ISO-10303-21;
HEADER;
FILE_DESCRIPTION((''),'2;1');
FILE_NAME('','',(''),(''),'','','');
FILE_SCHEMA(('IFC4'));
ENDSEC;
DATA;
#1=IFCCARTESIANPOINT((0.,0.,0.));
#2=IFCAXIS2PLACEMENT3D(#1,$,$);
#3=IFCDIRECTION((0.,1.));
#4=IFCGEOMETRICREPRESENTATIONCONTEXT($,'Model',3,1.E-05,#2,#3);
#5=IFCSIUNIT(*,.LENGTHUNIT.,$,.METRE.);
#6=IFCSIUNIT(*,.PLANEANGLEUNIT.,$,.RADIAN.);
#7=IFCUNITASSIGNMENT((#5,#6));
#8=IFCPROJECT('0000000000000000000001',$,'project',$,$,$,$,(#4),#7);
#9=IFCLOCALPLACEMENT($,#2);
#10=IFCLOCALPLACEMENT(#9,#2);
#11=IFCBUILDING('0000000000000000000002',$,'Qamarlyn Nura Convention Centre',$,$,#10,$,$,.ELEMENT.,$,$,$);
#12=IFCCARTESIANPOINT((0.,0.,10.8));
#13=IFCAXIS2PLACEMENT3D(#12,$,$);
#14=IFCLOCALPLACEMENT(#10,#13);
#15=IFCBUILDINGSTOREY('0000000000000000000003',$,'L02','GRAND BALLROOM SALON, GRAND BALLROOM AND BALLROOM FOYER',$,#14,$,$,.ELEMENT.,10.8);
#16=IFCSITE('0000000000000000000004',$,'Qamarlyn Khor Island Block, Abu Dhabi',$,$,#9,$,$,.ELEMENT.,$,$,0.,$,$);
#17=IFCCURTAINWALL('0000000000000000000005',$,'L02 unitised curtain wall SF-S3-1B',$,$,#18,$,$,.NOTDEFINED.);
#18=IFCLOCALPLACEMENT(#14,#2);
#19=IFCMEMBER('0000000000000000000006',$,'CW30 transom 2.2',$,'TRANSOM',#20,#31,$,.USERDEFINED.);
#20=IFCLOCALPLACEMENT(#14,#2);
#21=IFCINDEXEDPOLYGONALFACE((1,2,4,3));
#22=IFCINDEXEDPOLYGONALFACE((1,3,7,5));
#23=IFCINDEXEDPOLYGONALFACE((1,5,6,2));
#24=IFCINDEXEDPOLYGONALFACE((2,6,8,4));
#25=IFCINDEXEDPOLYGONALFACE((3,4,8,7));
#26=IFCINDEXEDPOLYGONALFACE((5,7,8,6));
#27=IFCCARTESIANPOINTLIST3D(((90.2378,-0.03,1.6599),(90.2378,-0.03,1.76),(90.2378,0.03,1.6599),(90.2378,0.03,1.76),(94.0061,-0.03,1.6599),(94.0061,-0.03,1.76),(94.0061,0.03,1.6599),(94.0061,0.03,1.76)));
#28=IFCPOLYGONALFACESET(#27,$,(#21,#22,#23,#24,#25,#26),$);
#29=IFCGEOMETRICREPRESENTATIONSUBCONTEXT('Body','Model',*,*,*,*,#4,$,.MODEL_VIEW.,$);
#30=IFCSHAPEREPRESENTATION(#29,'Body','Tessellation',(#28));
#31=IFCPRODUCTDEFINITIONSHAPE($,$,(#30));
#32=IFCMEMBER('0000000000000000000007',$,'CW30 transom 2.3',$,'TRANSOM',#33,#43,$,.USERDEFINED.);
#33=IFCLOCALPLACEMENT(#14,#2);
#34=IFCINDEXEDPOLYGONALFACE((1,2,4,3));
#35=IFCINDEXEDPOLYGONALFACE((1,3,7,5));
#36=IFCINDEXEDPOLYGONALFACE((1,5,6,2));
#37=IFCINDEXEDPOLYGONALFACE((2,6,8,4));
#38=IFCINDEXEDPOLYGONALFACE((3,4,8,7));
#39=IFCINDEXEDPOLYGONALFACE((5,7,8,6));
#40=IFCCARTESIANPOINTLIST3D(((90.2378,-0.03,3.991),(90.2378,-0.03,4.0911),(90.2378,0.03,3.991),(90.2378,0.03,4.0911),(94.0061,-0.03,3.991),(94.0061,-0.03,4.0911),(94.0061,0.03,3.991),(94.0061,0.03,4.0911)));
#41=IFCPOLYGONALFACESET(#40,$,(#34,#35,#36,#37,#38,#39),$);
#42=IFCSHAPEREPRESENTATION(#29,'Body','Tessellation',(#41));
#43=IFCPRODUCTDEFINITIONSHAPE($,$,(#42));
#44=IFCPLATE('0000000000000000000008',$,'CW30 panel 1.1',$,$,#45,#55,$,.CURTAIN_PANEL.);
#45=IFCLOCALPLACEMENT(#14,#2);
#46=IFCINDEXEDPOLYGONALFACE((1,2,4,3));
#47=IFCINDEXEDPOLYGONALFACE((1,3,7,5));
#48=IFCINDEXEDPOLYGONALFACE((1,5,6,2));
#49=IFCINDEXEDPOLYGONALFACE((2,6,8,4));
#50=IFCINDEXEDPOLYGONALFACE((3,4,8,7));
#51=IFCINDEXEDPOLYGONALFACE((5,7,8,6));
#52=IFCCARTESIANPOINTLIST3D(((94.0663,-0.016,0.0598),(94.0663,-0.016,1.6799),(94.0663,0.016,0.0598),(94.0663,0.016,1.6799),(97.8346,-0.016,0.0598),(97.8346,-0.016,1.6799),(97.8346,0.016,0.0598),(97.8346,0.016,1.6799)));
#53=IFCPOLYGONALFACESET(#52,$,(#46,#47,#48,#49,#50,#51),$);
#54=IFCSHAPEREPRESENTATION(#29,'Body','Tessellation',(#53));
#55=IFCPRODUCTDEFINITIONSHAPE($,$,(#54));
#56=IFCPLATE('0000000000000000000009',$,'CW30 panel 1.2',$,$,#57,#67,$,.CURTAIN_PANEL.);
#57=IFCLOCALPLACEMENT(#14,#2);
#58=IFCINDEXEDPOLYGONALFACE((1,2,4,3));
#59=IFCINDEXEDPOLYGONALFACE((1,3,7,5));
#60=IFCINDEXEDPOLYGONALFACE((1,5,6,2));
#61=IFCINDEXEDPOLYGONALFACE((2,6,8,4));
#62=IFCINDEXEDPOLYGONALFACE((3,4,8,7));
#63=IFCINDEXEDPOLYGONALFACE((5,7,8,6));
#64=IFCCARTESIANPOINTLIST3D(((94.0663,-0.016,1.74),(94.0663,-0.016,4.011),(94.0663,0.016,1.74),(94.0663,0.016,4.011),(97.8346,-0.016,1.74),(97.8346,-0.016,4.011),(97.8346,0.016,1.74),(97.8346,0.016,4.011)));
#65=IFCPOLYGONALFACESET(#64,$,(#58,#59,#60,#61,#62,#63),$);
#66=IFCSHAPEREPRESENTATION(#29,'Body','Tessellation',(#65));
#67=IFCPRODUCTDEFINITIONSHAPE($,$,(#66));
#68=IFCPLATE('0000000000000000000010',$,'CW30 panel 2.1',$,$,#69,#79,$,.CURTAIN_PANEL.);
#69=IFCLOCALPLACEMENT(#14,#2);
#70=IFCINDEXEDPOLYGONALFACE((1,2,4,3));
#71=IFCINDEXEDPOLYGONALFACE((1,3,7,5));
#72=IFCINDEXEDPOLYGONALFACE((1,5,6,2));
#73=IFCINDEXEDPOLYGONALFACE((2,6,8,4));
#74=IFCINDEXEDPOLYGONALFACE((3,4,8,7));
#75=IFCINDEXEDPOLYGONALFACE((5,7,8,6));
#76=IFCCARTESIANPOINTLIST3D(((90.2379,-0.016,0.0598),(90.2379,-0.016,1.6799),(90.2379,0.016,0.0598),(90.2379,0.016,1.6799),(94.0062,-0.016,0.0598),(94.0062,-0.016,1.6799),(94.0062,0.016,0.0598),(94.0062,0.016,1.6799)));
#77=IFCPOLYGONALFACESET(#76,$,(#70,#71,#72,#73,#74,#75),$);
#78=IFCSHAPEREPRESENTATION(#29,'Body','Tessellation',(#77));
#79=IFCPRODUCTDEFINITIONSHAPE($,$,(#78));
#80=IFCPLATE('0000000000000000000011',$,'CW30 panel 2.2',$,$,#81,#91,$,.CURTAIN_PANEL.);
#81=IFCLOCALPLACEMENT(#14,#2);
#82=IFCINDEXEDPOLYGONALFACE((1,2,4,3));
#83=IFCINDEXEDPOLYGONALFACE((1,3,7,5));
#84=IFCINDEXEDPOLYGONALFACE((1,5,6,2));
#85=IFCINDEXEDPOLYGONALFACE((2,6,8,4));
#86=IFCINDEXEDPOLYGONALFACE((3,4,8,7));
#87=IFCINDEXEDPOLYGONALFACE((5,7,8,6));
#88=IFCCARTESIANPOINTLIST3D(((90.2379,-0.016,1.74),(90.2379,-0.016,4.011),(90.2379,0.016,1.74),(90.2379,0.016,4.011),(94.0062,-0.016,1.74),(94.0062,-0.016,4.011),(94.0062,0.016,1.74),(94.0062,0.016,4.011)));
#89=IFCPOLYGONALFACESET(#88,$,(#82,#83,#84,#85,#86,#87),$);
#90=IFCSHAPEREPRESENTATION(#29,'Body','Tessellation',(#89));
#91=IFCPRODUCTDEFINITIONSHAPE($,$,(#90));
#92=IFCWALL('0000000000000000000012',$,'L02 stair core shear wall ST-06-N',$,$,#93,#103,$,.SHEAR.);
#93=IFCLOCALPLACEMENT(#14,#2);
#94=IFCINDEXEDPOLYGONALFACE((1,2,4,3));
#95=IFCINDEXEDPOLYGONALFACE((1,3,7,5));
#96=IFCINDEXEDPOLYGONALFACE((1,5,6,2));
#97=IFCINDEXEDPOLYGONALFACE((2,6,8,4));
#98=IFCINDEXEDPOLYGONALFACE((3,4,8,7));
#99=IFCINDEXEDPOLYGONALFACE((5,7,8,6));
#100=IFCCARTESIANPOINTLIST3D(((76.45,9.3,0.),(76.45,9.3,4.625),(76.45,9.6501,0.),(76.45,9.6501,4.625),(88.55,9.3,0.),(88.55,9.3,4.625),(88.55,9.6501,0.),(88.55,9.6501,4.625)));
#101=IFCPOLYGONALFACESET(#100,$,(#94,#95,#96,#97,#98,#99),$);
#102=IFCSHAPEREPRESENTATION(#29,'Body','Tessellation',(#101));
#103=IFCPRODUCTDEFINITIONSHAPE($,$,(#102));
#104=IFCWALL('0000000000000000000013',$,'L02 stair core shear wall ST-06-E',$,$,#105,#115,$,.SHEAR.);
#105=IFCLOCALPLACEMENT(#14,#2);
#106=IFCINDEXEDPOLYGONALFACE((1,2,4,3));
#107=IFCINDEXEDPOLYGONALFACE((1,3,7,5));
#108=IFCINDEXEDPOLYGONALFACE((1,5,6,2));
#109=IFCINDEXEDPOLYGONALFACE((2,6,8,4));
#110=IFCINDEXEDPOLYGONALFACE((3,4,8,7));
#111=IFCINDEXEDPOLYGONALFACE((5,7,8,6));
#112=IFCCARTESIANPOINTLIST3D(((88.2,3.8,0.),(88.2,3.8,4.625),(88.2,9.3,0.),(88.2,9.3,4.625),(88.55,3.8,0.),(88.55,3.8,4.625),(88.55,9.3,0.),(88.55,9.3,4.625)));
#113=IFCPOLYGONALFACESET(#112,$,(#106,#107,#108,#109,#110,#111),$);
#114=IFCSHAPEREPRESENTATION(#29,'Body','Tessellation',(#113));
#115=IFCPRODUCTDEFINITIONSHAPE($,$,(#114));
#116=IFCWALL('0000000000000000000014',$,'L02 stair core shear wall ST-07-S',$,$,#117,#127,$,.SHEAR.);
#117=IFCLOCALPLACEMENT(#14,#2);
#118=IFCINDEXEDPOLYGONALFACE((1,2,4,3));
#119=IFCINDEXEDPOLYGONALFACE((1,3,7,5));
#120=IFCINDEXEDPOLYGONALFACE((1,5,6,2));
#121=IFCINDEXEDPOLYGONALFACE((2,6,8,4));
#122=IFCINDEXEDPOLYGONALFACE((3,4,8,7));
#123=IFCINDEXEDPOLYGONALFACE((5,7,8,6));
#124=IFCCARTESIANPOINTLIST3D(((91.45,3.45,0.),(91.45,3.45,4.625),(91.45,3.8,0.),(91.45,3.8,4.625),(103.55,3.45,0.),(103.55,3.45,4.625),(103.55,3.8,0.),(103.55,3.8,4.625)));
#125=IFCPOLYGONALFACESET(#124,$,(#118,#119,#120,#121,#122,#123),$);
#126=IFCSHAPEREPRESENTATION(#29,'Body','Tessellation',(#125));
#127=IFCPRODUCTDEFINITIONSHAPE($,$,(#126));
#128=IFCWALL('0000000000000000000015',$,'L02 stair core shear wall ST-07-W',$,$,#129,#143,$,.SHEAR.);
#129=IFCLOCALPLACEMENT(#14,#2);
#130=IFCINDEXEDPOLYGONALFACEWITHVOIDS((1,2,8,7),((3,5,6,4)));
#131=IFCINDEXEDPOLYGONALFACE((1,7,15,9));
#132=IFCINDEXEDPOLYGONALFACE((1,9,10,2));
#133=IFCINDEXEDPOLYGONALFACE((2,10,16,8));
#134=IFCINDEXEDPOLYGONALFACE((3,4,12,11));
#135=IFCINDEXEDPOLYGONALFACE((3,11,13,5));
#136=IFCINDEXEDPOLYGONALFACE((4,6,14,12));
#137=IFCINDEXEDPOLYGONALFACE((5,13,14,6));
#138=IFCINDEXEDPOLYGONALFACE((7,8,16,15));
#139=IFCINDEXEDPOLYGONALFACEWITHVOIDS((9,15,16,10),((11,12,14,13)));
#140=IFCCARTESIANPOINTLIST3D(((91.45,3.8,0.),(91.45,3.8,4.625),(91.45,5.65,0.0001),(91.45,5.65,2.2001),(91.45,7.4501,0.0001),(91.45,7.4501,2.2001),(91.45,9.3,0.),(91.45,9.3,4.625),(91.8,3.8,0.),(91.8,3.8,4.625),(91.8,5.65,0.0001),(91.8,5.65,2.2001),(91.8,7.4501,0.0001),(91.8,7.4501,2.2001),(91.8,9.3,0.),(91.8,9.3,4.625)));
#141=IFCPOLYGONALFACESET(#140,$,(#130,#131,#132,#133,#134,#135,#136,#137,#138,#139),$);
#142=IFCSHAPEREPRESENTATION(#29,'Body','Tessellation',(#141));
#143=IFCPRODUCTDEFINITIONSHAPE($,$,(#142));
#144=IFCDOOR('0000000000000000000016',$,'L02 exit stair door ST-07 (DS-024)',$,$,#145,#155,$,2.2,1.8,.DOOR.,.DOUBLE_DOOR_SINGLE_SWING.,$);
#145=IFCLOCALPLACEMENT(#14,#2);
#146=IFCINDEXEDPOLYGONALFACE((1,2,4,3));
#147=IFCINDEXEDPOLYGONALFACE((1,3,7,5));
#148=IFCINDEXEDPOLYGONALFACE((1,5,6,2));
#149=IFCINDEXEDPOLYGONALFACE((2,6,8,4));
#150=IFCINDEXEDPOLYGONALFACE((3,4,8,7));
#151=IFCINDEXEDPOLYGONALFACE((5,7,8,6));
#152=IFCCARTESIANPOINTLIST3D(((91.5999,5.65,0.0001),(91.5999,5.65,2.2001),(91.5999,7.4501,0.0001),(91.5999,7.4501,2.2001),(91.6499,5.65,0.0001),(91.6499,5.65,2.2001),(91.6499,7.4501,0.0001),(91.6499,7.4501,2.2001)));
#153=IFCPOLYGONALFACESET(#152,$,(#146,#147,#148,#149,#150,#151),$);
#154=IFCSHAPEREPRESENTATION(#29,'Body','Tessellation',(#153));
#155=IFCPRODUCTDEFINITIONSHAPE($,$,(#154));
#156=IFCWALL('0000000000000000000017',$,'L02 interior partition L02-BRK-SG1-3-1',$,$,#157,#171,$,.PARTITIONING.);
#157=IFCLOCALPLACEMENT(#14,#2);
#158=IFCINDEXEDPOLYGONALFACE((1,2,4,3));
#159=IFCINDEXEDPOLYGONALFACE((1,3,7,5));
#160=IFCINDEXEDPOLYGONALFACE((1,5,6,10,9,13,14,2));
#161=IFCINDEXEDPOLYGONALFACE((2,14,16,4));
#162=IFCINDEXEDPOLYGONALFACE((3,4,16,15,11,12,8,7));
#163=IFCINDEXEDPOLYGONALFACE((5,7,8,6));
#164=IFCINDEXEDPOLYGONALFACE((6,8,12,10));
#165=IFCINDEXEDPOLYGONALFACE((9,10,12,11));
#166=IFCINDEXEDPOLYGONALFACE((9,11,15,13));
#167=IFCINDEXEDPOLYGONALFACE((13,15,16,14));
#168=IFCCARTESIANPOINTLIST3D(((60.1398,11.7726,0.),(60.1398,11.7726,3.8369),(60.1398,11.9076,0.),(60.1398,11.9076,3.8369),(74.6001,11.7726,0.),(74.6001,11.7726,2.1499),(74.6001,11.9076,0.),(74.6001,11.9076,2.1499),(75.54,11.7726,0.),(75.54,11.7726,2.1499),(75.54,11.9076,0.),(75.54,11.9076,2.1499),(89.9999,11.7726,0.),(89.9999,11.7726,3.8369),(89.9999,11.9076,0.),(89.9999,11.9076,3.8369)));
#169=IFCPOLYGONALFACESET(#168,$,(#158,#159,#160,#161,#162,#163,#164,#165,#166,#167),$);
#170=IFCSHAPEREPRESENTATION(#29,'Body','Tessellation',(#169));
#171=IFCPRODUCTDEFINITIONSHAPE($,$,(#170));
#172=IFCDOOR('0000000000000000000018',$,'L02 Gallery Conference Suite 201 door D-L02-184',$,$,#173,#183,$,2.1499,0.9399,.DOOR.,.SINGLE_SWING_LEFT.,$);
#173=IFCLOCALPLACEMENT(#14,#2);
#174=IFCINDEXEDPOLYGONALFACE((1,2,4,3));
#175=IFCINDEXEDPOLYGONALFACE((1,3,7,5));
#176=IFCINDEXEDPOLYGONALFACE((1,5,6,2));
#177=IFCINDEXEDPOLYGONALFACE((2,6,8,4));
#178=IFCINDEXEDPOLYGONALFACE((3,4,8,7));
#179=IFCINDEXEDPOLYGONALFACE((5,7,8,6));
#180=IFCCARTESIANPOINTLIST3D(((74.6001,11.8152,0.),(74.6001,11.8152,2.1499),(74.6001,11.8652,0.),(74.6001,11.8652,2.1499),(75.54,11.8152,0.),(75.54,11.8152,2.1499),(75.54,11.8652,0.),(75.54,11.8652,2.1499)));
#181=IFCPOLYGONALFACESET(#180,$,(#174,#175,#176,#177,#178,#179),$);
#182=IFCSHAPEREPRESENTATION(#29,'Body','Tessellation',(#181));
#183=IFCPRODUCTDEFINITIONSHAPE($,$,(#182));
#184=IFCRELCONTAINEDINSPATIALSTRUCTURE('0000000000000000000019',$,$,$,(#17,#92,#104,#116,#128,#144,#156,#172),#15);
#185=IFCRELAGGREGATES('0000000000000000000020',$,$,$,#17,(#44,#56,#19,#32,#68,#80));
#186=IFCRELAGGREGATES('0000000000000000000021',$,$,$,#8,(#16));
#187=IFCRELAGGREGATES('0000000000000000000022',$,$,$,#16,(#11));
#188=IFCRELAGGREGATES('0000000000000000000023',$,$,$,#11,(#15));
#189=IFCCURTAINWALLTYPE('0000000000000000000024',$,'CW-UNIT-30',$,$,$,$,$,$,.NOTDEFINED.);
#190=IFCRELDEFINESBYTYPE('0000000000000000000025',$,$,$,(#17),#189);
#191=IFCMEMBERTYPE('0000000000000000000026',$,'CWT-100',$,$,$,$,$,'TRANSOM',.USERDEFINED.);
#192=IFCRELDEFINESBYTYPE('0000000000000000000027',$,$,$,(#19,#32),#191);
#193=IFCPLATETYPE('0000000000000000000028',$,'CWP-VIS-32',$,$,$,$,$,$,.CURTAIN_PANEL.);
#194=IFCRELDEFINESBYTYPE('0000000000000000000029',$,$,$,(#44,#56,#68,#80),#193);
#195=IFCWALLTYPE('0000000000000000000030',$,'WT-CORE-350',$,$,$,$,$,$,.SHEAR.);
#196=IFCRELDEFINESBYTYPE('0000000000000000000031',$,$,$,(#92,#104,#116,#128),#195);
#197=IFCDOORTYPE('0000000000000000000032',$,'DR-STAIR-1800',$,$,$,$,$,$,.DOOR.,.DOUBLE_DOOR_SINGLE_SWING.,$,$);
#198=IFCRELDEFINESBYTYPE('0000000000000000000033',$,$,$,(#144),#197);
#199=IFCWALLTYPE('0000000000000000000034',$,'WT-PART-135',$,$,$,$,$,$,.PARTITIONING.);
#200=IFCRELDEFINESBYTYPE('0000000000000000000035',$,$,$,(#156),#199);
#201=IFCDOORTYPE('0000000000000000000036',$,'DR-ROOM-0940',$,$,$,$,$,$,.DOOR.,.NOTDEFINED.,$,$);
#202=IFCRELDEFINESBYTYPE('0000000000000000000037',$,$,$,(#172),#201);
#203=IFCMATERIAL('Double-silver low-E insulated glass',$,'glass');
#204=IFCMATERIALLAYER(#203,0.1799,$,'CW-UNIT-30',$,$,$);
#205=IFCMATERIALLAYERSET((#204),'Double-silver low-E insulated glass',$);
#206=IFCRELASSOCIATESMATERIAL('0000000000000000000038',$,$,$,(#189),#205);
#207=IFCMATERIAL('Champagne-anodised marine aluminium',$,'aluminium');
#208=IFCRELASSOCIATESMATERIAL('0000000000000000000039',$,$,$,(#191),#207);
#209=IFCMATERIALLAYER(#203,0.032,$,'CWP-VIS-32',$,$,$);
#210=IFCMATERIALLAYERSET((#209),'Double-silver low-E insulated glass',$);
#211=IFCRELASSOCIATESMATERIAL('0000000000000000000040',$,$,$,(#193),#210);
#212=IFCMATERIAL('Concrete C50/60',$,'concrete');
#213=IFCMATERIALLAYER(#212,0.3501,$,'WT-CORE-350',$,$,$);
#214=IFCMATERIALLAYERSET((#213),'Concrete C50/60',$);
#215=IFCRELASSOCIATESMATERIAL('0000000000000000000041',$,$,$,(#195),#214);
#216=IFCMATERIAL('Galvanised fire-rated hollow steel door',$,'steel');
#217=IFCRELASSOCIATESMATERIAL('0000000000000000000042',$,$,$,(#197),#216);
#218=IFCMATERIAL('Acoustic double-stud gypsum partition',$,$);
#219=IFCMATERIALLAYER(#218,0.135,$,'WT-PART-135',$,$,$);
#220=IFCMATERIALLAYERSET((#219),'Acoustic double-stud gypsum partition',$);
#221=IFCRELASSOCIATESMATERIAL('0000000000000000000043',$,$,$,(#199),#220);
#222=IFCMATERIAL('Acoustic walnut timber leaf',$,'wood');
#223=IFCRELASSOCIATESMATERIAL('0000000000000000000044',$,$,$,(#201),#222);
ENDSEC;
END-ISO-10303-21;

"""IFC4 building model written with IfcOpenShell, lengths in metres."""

from ifc_helpers import new_model, si_unit, direction, frame, frame_2d, origin, origin_2d, place, context, subcontext, project, spatial, rectangle, extrude, material, layer, layer_set, material_profile, profile_set, type_object, element, fill, aggregate, save


model = new_model("IFC4")

# Units and contexts
model_context = context("Model", 3, precision=1e-05, world=origin(), true_north=direction((0.0, 1.0)))
body_context = subcontext(model_context, "Body", "Model", "MODEL_VIEW")
ifc_project = project(units=[si_unit("LENGTHUNIT", "METRE"), si_unit("PLANEANGLEUNIT", "RADIAN")], contexts=[model_context])

# Site, building, storey
site_placement = place(None, origin())
site = spatial("IfcSite", under=ifc_project, at=site_placement, Name="Qamarlyn Khor Island Block, Abu Dhabi", CompositionType="ELEMENT", RefElevation=0.0)
building_placement = place(site_placement, origin())
building = spatial("IfcBuilding", under=site, at=building_placement, Name="Qamarlyn Nura Convention Centre", CompositionType="ELEMENT")
storey_placement = place(building_placement, frame((0.0, 0.0, 10.8)))
storey = spatial("IfcBuildingStorey", under=building, at=storey_placement, Name="L02", Description="GRAND BALLROOM SALON, GRAND BALLROOM AND BALLROOM FOYER", CompositionType="ELEMENT", Elevation=10.8)

# Curtain wall, members, plates
ifc_material_1 = material(Name="Double-silver low-E insulated glass", Category="glass")
ifc_layer_1 = layer(ifc_material_1, 0.1799, Name="CW-UNIT-30")
ifc_layer_set_1 = layer_set([ifc_layer_1], Name="Double-silver low-E insulated glass")
curtain_wall_type = type_object("IfcCurtainWallType", Name="CW-UNIT-30", PredefinedType="NOTDEFINED", material=ifc_layer_set_1)
curtain_wall_placement = place(storey_placement, origin())
curtain_wall = element("IfcCurtainWall", 1, at=curtain_wall_placement, inside=storey, type_object=curtain_wall_type, Name="L02 unitised curtain wall SF-S3-1B", PredefinedType="NOTDEFINED")
ifc_material_2 = material(Name="Champagne-anodised marine aluminium", Category="aluminium")
ifc_material_profile_1 = material_profile(ifc_material_2, rectangle(XDim=0.0601, YDim=0.1001, at=origin_2d()), Name="ALU TRANSOM 60x100")
ifc_profile_set_1 = profile_set([ifc_material_profile_1], Name="Champagne-anodised marine aluminium")
member_type_1 = type_object("IfcMemberType", Name="CWT-100", ElementType="TRANSOM", PredefinedType="USERDEFINED", material=ifc_profile_set_1)
member_1_placement = place(storey_placement, frame((94.0061, 0.0, 1.71), z_axis=(-1.0, 0.0, 0.0), x_axis=(0.0, -1.0, 0.0)))
member_1 = element("IfcMember", 2, at=member_1_placement, type_object=member_type_1, Name="CW30 transom 2.2", ObjectType="TRANSOM", PredefinedType="USERDEFINED", context=body_context, shape_type="SweptSolid", body=[
    extrude(rectangle(XDim=0.0601, YDim=0.1001, at=origin_2d()), origin(), (0.0, 0.0, 1.0), 3.7683),
])
member_2_placement = place(storey_placement, frame((94.0061, 0.0, 4.041), z_axis=(-1.0, 0.0, 0.0), x_axis=(0.0, -1.0, 0.0)))
member_2 = element("IfcMember", 3, at=member_2_placement, type_object=member_type_1, Name="CW30 transom 2.3", ObjectType="TRANSOM", PredefinedType="USERDEFINED", context=body_context, shape_type="SweptSolid", body=[
    extrude(rectangle(XDim=0.0601, YDim=0.1001, at=origin_2d()), origin(), (0.0, 0.0, 1.0), 3.7683),
])
ifc_layer_2 = layer(ifc_material_1, 0.032, Name="CWP-VIS-32")
ifc_layer_set_2 = layer_set([ifc_layer_2], Name="Double-silver low-E insulated glass")
plate_type = type_object("IfcPlateType", Name="CWP-VIS-32", PredefinedType="CURTAIN_PANEL", material=ifc_layer_set_2)
plate_1_placement = place(storey_placement, frame((95.9504, 0.0, 0.0598), z_axis=(0.0, 0.0, 1.0), x_axis=(-1.0, 0.0, 0.0)))
plate_1 = element("IfcPlate", 4, at=plate_1_placement, type_object=plate_type, Name="CW30 panel 1.1", PredefinedType="CURTAIN_PANEL", context=body_context, shape_type="SweptSolid", body=[
    extrude(rectangle(XDim=3.7683, YDim=0.032, at=origin_2d()), origin(), (0.0, 0.0, 1.0), 1.6201),
])
plate_2_placement = place(storey_placement, frame((95.9504, 0.0, 1.74), z_axis=(0.0, 0.0, 1.0), x_axis=(-1.0, 0.0, 0.0)))
plate_2 = element("IfcPlate", 5, at=plate_2_placement, type_object=plate_type, Name="CW30 panel 1.2", PredefinedType="CURTAIN_PANEL", context=body_context, shape_type="SweptSolid", body=[
    extrude(rectangle(XDim=3.7683, YDim=0.032, at=origin_2d()), origin(), (0.0, 0.0, 1.0), 2.271),
])
plate_3_placement = place(storey_placement, frame((92.1221, 0.0, 0.0598), z_axis=(0.0, 0.0, 1.0), x_axis=(-1.0, 0.0, 0.0)))
plate_3 = element("IfcPlate", 6, at=plate_3_placement, type_object=plate_type, Name="CW30 panel 2.1", PredefinedType="CURTAIN_PANEL", context=body_context, shape_type="SweptSolid", body=[
    extrude(rectangle(XDim=3.7683, YDim=0.032, at=origin_2d()), origin(), (0.0, 0.0, 1.0), 1.6201),
])
plate_4_placement = place(storey_placement, frame((92.1221, 0.0, 1.74), z_axis=(0.0, 0.0, 1.0), x_axis=(-1.0, 0.0, 0.0)))
plate_4 = element("IfcPlate", 7, at=plate_4_placement, type_object=plate_type, Name="CW30 panel 2.2", PredefinedType="CURTAIN_PANEL", context=body_context, shape_type="SweptSolid", body=[
    extrude(rectangle(XDim=3.7683, YDim=0.032, at=origin_2d()), origin(), (0.0, 0.0, 1.0), 2.271),
])
aggregate(curtain_wall, [plate_1, plate_2, member_1, member_2, plate_3, plate_4])

# Walls
ifc_material_3 = material(Name="Concrete C50/60", Category="concrete")
ifc_layer_3 = layer(ifc_material_3, 0.3501, Name="WT-CORE-350")
ifc_layer_set_3 = layer_set([ifc_layer_3], Name="Concrete C50/60")
wall_type_1 = type_object("IfcWallType", Name="WT-CORE-350", PredefinedType="SHEAR", material=ifc_layer_set_3)
wall_1_placement = place(storey_placement, frame((88.55, 9.4751, 0.0), z_axis=(0.0, 0.0, 1.0), x_axis=(-1.0, 0.0, 0.0)))
element("IfcWall", 8, at=wall_1_placement, inside=storey, type_object=wall_type_1, Name="L02 stair core shear wall ST-06-N", PredefinedType="SHEAR", context=body_context, shape_type="SweptSolid", body=[
    extrude(rectangle(XDim=12.1001, YDim=0.3501, at=frame_2d((6.05, 0.0))), origin(), (0.0, 0.0, 1.0), 4.625),
])
wall_2_placement = place(storey_placement, frame((88.375, 3.8, 0.0), z_axis=(0.0, 0.0, 1.0), x_axis=(0.0, 1.0, 0.0)))
element("IfcWall", 9, at=wall_2_placement, inside=storey, type_object=wall_type_1, Name="L02 stair core shear wall ST-06-E", PredefinedType="SHEAR", context=body_context, shape_type="SweptSolid", body=[
    extrude(rectangle(XDim=5.5, YDim=0.3501, at=frame_2d((2.75, 0.0))), origin(), (0.0, 0.0, 1.0), 4.625),
])
wall_3_placement = place(storey_placement, frame((91.45, 3.625, 0.0), z_axis=(0.0, 0.0, 1.0), x_axis=(1.0, 0.0, 0.0)))
element("IfcWall", 10, at=wall_3_placement, inside=storey, type_object=wall_type_1, Name="L02 stair core shear wall ST-07-S", PredefinedType="SHEAR", context=body_context, shape_type="SweptSolid", body=[
    extrude(rectangle(XDim=12.1001, YDim=0.3501, at=frame_2d((6.05, 0.0))), origin(), (0.0, 0.0, 1.0), 4.625),
])

# Walls, openings, doors
wall_4_placement = place(storey_placement, frame((91.625, 9.3, 0.0), z_axis=(0.0, 0.0, 1.0), x_axis=(0.0, -1.0, 0.0)))
wall_4 = element("IfcWall", 11, at=wall_4_placement, inside=storey, type_object=wall_type_1, Name="L02 stair core shear wall ST-07-W", PredefinedType="SHEAR", context=body_context, shape_type="SweptSolid", body=[
    extrude(rectangle(XDim=5.5, YDim=0.3501, at=frame_2d((2.75, 0.0))), origin(), (0.0, 0.0, 1.0), 4.625),
])
opening_1_placement = place(wall_4_placement, frame((1.8501, 0.0, 0.0)))
opening_1 = element("IfcOpeningElement", 12, at=opening_1_placement, cuts=wall_4, PredefinedType="OPENING", context=body_context, shape_type="SweptSolid", body=[
    extrude(rectangle(XDim=1.8, YDim=2.2, at=frame_2d((0.8999, 1.1001))), frame((0.0, 0.1851, 0.0), z_axis=(0.0, -1.0, 0.0), x_axis=(1.0, 0.0, 0.0)), (0.0, 0.0, 1.0), 0.3701),
])
ifc_material_4 = material(Name="Galvanised fire-rated hollow steel door", Category="steel")
door_type_1 = type_object("IfcDoorType", Name="DR-STAIR-1800", OperationType="DOUBLE_DOOR_SINGLE_SWING", PredefinedType="DOOR", material=ifc_material_4)
door_1_placement = place(opening_1_placement, origin())
door_1 = element("IfcDoor", 13, at=door_1_placement, inside=storey, type_object=door_type_1, Name="L02 exit stair door ST-07 (DS-024)", OperationType="DOUBLE_DOOR_SINGLE_SWING", OverallHeight=2.2, OverallWidth=1.8, PredefinedType="DOOR", context=body_context, shape_type="SweptSolid", body=[
    extrude(rectangle(XDim=1.8, YDim=2.2, at=frame_2d((0.8999, 1.1001))), frame((0.0, 0.0249, 0.0), z_axis=(0.0, -1.0, 0.0), x_axis=(1.0, 0.0, 0.0)), (0.0, 0.0, 1.0), 0.05),
])
fill(opening_1, door_1)
ifc_material_5 = material(Name="Acoustic double-stud gypsum partition")
ifc_layer_4 = layer(ifc_material_5, 0.135, Name="WT-PART-135")
ifc_layer_set_4 = layer_set([ifc_layer_4], Name="Acoustic double-stud gypsum partition")
wall_type_2 = type_object("IfcWallType", Name="WT-PART-135", PredefinedType="PARTITIONING", material=ifc_layer_set_4)
wall_5_placement = place(storey_placement, frame((90.0, 11.8401, 0.0), z_axis=(0.0, 0.0, 1.0), x_axis=(-1.0, 0.0, 0.0)))
wall_5 = element("IfcWall", 14, at=wall_5_placement, inside=storey, type_object=wall_type_2, Name="L02 interior partition L02-BRK-SG1-3-1", PredefinedType="PARTITIONING", context=body_context, shape_type="SweptSolid", body=[
    extrude(rectangle(XDim=29.8601, YDim=0.135, at=frame_2d((14.9302, 0.0))), origin(), (0.0, 0.0, 1.0), 3.8369),
])
opening_2_placement = place(wall_5_placement, frame((14.46, 0.0, 0.0)))
opening_2 = element("IfcOpeningElement", 15, at=opening_2_placement, cuts=wall_5, PredefinedType="OPENING", context=body_context, shape_type="SweptSolid", body=[
    extrude(rectangle(XDim=0.9399, YDim=2.1499, at=frame_2d((0.47, 1.075))), frame((0.0, 0.0776, 0.0), z_axis=(0.0, -1.0, 0.0), x_axis=(1.0, 0.0, 0.0)), (0.0, 0.0, 1.0), 0.155),
])
ifc_material_6 = material(Name="Acoustic walnut timber leaf", Category="wood")
door_type_2 = type_object("IfcDoorType", Name="DR-ROOM-0940", OperationType="NOTDEFINED", PredefinedType="DOOR", material=ifc_material_6)
door_2_placement = place(opening_2_placement, origin())
door_2 = element("IfcDoor", 16, at=door_2_placement, inside=storey, type_object=door_type_2, Name="L02 Gallery Conference Suite 201 door D-L02-184", OperationType="SINGLE_SWING_LEFT", OverallHeight=2.1499, OverallWidth=0.9399, PredefinedType="DOOR", context=body_context, shape_type="SweptSolid", body=[
    extrude(rectangle(XDim=0.9399, YDim=2.1499, at=frame_2d((0.47, 1.075))), frame((0.0, 0.0249, 0.0), z_axis=(0.0, -1.0, 0.0), x_axis=(1.0, 0.0, 0.0)), (0.0, 0.0, 1.0), 0.05),
])
fill(opening_2, door_2)

save(model, "model.ifc")
